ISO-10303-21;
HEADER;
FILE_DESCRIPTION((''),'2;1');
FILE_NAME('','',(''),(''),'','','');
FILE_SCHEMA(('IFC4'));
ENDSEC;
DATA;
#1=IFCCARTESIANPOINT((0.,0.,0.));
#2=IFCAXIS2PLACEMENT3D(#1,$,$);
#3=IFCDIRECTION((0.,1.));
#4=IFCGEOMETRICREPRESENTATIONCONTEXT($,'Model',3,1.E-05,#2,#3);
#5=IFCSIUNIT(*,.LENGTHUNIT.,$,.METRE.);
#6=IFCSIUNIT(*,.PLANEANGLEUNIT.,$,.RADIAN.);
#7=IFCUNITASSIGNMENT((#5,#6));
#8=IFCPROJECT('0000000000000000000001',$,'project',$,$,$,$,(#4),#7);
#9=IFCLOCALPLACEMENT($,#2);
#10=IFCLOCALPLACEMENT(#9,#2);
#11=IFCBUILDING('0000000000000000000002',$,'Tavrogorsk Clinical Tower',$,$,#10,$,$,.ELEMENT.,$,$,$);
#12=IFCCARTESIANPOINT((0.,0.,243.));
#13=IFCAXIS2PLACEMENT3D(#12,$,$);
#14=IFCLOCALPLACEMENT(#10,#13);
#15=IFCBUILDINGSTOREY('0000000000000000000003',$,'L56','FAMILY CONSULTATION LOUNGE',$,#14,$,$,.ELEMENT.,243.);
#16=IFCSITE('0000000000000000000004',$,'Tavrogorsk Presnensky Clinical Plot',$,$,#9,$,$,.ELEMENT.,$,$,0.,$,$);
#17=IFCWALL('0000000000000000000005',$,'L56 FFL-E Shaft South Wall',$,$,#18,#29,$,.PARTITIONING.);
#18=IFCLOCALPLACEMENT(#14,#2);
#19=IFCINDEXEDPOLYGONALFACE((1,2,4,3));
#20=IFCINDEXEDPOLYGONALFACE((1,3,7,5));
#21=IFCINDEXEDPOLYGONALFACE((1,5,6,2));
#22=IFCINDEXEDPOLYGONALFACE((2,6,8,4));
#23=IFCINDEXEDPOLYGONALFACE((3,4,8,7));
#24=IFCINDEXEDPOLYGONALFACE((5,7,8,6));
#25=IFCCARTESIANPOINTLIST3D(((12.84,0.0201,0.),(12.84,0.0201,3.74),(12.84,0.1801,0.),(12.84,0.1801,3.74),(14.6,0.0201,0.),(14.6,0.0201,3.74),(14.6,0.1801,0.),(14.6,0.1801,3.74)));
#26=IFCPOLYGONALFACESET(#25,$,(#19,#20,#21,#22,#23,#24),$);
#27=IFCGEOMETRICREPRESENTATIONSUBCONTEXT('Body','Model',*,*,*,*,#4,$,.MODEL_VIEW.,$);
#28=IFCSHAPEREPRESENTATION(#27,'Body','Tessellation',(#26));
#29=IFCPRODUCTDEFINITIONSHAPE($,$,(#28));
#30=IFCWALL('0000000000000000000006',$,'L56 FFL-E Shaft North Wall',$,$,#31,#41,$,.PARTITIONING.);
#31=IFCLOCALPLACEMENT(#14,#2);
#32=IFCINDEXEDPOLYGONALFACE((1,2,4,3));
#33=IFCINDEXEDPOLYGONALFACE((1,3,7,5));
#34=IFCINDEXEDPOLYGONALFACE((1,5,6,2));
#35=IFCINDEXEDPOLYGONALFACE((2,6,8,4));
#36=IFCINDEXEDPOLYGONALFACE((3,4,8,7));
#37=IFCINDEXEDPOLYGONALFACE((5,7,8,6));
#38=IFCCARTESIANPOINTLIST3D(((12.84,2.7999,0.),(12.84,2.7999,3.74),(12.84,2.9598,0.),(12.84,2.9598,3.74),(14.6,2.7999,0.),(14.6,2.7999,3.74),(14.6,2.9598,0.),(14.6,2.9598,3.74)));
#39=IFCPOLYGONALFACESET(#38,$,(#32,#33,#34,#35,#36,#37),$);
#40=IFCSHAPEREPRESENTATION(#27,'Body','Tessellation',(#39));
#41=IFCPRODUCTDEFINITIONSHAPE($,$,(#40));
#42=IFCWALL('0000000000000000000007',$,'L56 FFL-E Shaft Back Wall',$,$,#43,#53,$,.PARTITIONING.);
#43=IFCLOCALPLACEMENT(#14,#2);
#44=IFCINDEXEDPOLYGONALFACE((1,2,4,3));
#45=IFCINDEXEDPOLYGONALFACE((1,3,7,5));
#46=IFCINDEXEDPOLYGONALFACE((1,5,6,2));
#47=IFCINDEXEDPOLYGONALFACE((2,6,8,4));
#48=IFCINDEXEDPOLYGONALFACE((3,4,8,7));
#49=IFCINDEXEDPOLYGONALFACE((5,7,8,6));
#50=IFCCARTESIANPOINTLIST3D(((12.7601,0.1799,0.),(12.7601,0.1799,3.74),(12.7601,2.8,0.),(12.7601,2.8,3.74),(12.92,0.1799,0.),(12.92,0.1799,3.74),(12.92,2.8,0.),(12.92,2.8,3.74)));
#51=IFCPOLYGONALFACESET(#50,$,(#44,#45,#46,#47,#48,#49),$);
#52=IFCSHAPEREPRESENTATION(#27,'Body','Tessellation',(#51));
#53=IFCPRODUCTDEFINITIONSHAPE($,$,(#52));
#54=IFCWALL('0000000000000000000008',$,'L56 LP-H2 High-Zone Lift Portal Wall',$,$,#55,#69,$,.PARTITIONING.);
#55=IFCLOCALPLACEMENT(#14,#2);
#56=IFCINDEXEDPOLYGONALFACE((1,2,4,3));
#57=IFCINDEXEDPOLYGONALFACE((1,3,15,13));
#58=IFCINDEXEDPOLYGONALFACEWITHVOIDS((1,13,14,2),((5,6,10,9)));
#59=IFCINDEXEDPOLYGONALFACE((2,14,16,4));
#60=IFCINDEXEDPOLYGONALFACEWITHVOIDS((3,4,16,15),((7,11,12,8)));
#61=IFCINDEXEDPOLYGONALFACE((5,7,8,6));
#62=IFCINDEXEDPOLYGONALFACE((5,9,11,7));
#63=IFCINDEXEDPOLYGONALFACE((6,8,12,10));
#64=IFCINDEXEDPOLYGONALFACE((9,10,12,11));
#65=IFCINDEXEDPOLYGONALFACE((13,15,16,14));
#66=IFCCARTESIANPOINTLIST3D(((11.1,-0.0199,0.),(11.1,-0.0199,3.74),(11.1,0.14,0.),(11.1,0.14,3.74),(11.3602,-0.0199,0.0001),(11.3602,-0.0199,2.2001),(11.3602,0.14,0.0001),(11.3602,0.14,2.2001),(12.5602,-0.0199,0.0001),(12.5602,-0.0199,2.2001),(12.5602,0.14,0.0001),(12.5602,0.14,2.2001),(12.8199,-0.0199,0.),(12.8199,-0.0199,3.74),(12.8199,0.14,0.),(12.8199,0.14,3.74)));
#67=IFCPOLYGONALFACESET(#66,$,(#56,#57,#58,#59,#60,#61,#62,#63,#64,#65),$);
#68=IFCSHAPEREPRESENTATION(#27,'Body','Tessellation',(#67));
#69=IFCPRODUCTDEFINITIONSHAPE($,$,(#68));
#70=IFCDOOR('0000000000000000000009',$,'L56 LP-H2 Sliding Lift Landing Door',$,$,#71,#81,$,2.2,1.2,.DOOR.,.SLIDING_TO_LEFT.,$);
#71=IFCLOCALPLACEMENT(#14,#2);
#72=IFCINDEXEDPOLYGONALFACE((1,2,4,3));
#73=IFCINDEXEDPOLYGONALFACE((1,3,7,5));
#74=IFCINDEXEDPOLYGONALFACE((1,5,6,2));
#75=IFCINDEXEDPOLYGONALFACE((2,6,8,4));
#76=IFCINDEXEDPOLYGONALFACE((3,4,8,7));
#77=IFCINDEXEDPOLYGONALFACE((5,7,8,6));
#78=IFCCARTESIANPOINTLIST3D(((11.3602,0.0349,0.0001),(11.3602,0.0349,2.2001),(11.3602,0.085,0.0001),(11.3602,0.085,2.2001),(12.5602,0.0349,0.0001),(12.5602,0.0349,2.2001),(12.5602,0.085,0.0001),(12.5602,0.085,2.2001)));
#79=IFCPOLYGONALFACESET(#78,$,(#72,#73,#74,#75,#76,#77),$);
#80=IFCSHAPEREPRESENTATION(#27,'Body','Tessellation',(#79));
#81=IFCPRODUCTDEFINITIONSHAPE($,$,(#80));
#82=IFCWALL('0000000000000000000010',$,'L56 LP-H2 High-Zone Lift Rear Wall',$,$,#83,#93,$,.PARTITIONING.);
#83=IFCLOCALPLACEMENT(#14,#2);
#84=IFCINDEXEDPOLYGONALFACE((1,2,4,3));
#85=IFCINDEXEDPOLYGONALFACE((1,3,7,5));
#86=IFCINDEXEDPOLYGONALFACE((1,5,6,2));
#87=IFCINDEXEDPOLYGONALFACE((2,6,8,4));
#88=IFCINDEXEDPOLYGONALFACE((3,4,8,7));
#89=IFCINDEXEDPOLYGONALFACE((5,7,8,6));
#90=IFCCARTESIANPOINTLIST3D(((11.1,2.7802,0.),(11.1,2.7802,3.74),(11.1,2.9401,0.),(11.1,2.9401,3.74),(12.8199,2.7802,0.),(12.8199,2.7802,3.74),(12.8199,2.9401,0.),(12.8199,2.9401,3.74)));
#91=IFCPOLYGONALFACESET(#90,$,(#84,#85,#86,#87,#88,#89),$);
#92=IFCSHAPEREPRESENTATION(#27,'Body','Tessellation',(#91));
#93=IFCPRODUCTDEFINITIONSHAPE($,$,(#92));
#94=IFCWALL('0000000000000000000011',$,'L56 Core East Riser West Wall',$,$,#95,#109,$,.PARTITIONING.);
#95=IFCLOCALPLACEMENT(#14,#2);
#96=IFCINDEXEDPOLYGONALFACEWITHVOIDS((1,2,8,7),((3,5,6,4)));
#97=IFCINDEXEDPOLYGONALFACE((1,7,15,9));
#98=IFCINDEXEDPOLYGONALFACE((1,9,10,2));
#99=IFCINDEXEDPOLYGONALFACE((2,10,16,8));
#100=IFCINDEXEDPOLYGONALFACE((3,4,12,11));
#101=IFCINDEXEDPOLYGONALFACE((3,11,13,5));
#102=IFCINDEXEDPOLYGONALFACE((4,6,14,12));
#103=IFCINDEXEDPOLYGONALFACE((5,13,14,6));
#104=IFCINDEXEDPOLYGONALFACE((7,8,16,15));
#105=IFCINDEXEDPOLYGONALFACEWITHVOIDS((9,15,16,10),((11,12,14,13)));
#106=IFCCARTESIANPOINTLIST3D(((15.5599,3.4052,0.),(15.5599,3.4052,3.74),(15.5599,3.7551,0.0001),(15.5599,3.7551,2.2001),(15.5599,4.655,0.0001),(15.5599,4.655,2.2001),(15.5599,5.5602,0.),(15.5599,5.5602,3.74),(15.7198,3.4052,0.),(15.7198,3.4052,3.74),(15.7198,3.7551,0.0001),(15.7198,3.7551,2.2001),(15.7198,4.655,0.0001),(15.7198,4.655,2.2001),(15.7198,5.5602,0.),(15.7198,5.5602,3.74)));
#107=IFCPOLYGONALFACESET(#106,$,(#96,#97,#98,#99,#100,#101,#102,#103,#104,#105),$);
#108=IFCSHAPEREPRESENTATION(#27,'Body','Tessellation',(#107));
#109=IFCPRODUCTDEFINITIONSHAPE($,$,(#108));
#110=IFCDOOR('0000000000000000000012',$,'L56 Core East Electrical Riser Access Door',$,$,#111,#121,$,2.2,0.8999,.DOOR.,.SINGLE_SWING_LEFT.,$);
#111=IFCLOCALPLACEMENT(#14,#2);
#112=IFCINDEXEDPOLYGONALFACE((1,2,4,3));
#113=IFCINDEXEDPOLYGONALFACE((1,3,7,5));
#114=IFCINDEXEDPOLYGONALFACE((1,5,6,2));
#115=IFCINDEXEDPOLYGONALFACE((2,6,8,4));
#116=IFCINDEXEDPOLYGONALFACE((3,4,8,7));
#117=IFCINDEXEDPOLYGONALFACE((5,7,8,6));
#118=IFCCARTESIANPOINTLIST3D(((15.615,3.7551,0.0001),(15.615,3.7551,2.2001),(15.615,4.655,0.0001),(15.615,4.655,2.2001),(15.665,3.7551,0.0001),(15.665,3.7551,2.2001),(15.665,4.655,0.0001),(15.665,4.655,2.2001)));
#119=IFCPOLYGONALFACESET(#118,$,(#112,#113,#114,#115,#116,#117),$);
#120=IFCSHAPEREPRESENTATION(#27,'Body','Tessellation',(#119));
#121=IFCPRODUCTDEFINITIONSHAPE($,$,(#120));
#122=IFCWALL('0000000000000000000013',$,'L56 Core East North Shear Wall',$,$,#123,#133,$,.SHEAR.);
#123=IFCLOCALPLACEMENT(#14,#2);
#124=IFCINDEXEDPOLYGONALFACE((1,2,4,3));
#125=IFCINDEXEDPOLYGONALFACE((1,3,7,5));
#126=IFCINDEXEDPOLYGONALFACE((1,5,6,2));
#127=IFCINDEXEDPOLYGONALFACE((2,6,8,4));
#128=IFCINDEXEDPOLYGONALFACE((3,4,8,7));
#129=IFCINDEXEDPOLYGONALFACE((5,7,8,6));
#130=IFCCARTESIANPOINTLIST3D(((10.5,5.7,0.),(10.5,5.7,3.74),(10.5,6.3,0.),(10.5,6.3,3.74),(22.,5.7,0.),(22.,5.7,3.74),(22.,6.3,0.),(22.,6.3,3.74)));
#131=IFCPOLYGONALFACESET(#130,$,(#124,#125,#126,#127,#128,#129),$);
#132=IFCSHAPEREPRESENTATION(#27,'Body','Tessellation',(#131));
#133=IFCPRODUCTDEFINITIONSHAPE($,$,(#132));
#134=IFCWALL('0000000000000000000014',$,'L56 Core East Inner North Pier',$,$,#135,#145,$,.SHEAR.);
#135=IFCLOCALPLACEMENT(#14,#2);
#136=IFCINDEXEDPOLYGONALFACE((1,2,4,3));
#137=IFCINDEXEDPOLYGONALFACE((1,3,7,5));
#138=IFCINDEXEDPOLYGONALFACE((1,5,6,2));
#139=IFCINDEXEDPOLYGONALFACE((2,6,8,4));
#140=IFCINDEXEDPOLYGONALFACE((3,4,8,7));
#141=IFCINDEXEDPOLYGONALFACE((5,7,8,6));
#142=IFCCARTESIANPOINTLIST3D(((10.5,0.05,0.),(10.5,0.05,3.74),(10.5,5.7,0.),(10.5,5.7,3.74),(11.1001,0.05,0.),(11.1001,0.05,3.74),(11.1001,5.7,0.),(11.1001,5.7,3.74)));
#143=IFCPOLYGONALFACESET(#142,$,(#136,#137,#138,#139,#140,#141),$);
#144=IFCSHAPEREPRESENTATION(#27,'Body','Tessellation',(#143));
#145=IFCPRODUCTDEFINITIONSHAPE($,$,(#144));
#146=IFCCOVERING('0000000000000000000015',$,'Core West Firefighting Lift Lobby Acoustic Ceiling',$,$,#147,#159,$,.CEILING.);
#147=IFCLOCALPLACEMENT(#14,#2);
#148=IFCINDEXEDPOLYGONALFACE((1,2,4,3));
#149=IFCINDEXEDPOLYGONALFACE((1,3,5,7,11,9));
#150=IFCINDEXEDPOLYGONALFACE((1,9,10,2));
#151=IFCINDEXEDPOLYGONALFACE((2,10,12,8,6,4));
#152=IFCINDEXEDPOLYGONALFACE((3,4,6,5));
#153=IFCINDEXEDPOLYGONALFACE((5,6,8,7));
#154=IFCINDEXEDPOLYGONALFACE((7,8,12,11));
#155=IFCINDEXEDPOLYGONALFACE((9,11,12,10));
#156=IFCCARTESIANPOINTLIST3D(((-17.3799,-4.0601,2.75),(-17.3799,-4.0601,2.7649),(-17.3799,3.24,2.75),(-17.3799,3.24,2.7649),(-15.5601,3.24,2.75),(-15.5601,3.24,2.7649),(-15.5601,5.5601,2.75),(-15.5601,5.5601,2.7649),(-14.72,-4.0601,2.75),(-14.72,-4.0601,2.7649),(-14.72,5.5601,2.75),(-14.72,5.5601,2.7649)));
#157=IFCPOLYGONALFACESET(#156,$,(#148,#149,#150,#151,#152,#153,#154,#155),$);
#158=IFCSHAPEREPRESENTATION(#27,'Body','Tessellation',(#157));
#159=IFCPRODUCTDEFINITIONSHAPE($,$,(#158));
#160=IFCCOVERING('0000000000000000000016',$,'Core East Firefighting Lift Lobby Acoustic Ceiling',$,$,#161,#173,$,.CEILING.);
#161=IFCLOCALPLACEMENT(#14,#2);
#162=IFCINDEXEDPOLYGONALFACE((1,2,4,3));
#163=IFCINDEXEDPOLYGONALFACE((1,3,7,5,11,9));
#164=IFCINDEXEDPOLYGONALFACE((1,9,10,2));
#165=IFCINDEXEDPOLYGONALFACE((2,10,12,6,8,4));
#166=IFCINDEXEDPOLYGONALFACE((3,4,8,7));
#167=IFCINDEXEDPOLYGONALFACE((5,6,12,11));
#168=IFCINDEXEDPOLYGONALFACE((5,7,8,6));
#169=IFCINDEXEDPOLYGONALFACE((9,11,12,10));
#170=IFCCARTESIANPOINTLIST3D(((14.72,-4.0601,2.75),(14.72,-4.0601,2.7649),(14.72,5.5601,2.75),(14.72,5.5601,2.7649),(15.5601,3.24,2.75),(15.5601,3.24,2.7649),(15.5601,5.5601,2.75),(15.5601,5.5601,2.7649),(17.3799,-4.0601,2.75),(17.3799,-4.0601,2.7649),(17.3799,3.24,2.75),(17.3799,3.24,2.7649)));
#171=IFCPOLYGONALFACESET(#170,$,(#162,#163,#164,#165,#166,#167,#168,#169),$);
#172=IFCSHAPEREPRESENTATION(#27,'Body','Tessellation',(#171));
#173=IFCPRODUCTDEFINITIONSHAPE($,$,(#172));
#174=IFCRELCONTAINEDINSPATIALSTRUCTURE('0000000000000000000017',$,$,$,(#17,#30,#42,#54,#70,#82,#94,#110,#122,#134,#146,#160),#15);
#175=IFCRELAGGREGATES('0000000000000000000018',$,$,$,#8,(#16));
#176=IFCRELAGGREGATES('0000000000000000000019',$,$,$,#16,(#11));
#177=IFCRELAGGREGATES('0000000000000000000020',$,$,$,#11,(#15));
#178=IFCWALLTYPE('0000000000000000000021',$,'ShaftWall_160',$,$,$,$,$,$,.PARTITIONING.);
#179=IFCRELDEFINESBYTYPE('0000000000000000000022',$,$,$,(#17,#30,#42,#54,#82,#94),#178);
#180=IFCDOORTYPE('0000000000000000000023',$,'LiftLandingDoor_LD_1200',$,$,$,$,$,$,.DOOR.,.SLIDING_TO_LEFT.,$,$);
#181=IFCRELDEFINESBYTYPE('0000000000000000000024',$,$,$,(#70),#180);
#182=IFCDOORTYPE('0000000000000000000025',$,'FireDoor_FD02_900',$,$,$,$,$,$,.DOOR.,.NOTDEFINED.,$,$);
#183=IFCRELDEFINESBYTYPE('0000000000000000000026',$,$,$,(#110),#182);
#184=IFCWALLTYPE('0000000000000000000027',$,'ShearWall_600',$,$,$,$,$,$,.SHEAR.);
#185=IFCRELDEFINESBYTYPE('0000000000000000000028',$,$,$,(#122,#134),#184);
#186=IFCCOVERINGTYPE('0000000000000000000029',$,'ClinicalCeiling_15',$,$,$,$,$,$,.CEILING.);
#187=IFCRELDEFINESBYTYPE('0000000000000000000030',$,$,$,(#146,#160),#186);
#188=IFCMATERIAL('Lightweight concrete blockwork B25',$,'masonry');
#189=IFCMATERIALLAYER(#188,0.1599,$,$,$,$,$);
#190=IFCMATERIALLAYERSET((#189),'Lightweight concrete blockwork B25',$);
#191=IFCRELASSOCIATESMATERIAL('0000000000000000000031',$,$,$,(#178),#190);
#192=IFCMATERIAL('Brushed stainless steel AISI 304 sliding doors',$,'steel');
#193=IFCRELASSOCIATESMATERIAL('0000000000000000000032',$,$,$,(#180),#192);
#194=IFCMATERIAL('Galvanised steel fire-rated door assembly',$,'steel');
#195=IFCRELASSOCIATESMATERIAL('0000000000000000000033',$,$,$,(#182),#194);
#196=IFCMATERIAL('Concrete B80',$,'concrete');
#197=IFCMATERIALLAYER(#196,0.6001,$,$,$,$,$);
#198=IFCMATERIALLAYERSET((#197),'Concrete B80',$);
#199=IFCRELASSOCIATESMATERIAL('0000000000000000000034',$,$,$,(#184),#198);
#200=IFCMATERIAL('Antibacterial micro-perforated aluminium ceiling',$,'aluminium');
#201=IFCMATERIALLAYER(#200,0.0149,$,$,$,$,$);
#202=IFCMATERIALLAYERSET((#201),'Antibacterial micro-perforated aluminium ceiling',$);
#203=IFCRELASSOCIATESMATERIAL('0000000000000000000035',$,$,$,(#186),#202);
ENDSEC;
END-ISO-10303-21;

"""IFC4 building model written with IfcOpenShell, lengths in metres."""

from ifc_helpers import new_model, si_unit, direction, frame, frame_2d, origin, place, context, subcontext, project, spatial, polyline, rectangle, outline, extrude, material, layer, layer_set, type_object, element, fill, save


model = new_model("IFC4")

# Units and contexts
model_context = context("Model", 3, precision=1e-05, world=origin(), true_north=direction((0.0, 1.0)))
body_context = subcontext(model_context, "Body", "Model", "MODEL_VIEW")
ifc_project = project(units=[si_unit("LENGTHUNIT", "METRE"), si_unit("PLANEANGLEUNIT", "RADIAN")], contexts=[model_context])

# Site, building, storey
site_placement = place(None, origin())
site = spatial("IfcSite", under=ifc_project, at=site_placement, Name="Tavrogorsk Presnensky Clinical Plot", CompositionType="ELEMENT", RefElevation=0.0)
building_placement = place(site_placement, origin())
building = spatial("IfcBuilding", under=site, at=building_placement, Name="Tavrogorsk Clinical Tower", CompositionType="ELEMENT")
storey_placement = place(building_placement, frame((0.0, 0.0, 243.0)))
storey = spatial("IfcBuildingStorey", under=building, at=storey_placement, Name="L56", Description="FAMILY CONSULTATION LOUNGE", CompositionType="ELEMENT", Elevation=243.0)

# Shared definitions
ifc_material_1 = material(Name="Lightweight concrete blockwork B25", Category="masonry")
ifc_layer_1 = layer(ifc_material_1, 0.1599)
ifc_layer_set_1 = layer_set([ifc_layer_1], Name="Lightweight concrete blockwork B25")
wall_type_1 = type_object("IfcWallType", Name="ShaftWall_160", PredefinedType="PARTITIONING", material=ifc_layer_set_1)
ifc_material_2 = material(Name="Brushed stainless steel AISI 304 sliding doors", Category="steel")
door_type_1 = type_object("IfcDoorType", Name="LiftLandingDoor_LD_1200", OperationType="SLIDING_TO_LEFT", PredefinedType="DOOR", material=ifc_material_2)

# Walls
for number, where, z_axis, x_axis, name in (
    (1, (12.8401, 0.1001, 0.0), (0.0, 0.0, 1.0), (1.0, 0.0, 0.0), "L56 FFL-E Shaft South Wall"),
    (2, (12.8401, 2.8799, 0.0), (0.0, 0.0, 1.0), (1.0, 0.0, 0.0), "L56 FFL-E Shaft North Wall"),
):
    element("IfcWall", number, at=place(storey_placement, frame(where, z_axis=z_axis, x_axis=x_axis)), inside=storey, type_object=wall_type_1, Name=name, PredefinedType="PARTITIONING", context=body_context, shape_type="SweptSolid", body=[
        extrude(rectangle(XDim=1.76, YDim=0.1599, at=frame_2d((0.8799, 0.0))), origin(), (0.0, 0.0, 1.0), 3.74),
    ])
wall_1_placement = place(storey_placement, frame((12.8401, 0.1799, 0.0), z_axis=(0.0, 0.0, 1.0), x_axis=(0.0, 1.0, 0.0)))
element("IfcWall", 3, at=wall_1_placement, inside=storey, type_object=wall_type_1, Name="L56 FFL-E Shaft Back Wall", PredefinedType="PARTITIONING", context=body_context, shape_type="SweptSolid", body=[
    extrude(rectangle(XDim=2.6201, YDim=0.1599, at=frame_2d((1.3101, 0.0))), origin(), (0.0, 0.0, 1.0), 3.74),
])

# Wall, opening, door
wall_2_placement = place(storey_placement, frame((11.1001, 0.0601, 0.0), z_axis=(0.0, 0.0, 1.0), x_axis=(1.0, 0.0, 0.0)))
wall_2 = element("IfcWall", 4, at=wall_2_placement, inside=storey, type_object=wall_type_1, Name="L56 LP-H2 High-Zone Lift Portal Wall", PredefinedType="PARTITIONING", context=body_context, shape_type="SweptSolid", body=[
    extrude(rectangle(XDim=1.72, YDim=0.1599, at=frame_2d((0.8599, 0.0))), origin(), (0.0, 0.0, 1.0), 3.74),
])
opening_1_placement = place(wall_2_placement, frame((0.26, 0.0, 0.0)))
opening_1 = element("IfcOpeningElement", 5, at=opening_1_placement, cuts=wall_2, PredefinedType="OPENING", context=body_context, shape_type="SweptSolid", body=[
    extrude(rectangle(XDim=1.2, YDim=2.2, at=frame_2d((0.6001, 1.1001))), frame((0.0, 0.0898, 0.0), z_axis=(0.0, -1.0, 0.0), x_axis=(1.0, 0.0, 0.0)), (0.0, 0.0, 1.0), 0.1799),
])
door_1_placement = place(opening_1_placement, origin())
door_1 = element("IfcDoor", 6, at=door_1_placement, inside=storey, type_object=door_type_1, Name="L56 LP-H2 Sliding Lift Landing Door", OperationType="SLIDING_TO_LEFT", OverallHeight=2.2, OverallWidth=1.2, PredefinedType="DOOR", context=body_context, shape_type="SweptSolid", body=[
    extrude(rectangle(XDim=1.2, YDim=2.2, at=frame_2d((0.6001, 1.1001))), frame((0.0, 0.0249, 0.0), z_axis=(0.0, -1.0, 0.0), x_axis=(1.0, 0.0, 0.0)), (0.0, 0.0, 1.0), 0.05),
])
fill(opening_1, door_1)

# Wall
wall_3_placement = place(storey_placement, frame((11.1001, 2.8601, 0.0), z_axis=(0.0, 0.0, 1.0), x_axis=(1.0, 0.0, 0.0)))
element("IfcWall", 7, at=wall_3_placement, inside=storey, type_object=wall_type_1, Name="L56 LP-H2 High-Zone Lift Rear Wall", PredefinedType="PARTITIONING", context=body_context, shape_type="SweptSolid", body=[
    extrude(rectangle(XDim=1.72, YDim=0.1599, at=frame_2d((0.8599, 0.0))), origin(), (0.0, 0.0, 1.0), 3.74),
])

# Wall, opening, door
wall_4_placement = place(storey_placement, frame((15.6399, 3.405, 0.0), z_axis=(0.0, 0.0, 1.0), x_axis=(0.0, 1.0, 0.0)))
wall_4 = element("IfcWall", 8, at=wall_4_placement, inside=storey, type_object=wall_type_1, Name="L56 Core East Riser West Wall", PredefinedType="PARTITIONING", context=body_context, shape_type="SweptSolid", body=[
    extrude(rectangle(XDim=2.155, YDim=0.1599, at=frame_2d((1.0776, 0.0))), origin(), (0.0, 0.0, 1.0), 3.74),
])
opening_2_placement = place(wall_4_placement, frame((0.3501, 0.0, 0.0)))
opening_2 = element("IfcOpeningElement", 9, at=opening_2_placement, cuts=wall_4, PredefinedType="OPENING", context=body_context, shape_type="SweptSolid", body=[
    extrude(rectangle(XDim=0.8999, YDim=2.2, at=frame_2d((0.45, 1.1001))), frame((0.0, 0.0898, 0.0), z_axis=(0.0, -1.0, 0.0), x_axis=(1.0, 0.0, 0.0)), (0.0, 0.0, 1.0), 0.1799),
])
ifc_material_3 = material(Name="Galvanised steel fire-rated door assembly", Category="steel")
door_type_2 = type_object("IfcDoorType", Name="FireDoor_FD02_900", OperationType="NOTDEFINED", PredefinedType="DOOR", material=ifc_material_3)
door_2_placement = place(opening_2_placement, origin())
door_2 = element("IfcDoor", 10, at=door_2_placement, inside=storey, type_object=door_type_2, Name="L56 Core East Electrical Riser Access Door", OperationType="SINGLE_SWING_LEFT", OverallHeight=2.2, OverallWidth=0.8999, PredefinedType="DOOR", context=body_context, shape_type="SweptSolid", body=[
    extrude(rectangle(XDim=0.8999, YDim=2.2, at=frame_2d((0.45, 1.1001))), frame((0.0, 0.0249, 0.0), z_axis=(0.0, -1.0, 0.0), x_axis=(1.0, 0.0, 0.0)), (0.0, 0.0, 1.0), 0.05),
])
fill(opening_2, door_2)

# Walls
ifc_material_4 = material(Name="Concrete B80", Category="concrete")
ifc_layer_2 = layer(ifc_material_4, 0.6001)
ifc_layer_set_2 = layer_set([ifc_layer_2], Name="Concrete B80")
wall_type_2 = type_object("IfcWallType", Name="ShearWall_600", PredefinedType="SHEAR", material=ifc_layer_set_2)
wall_5_placement = place(storey_placement, frame((10.5, 6.0, 0.0), z_axis=(0.0, 0.0, 1.0), x_axis=(1.0, 0.0, 0.0)))
element("IfcWall", 11, at=wall_5_placement, inside=storey, type_object=wall_type_2, Name="L56 Core East North Shear Wall", PredefinedType="SHEAR", context=body_context, shape_type="SweptSolid", body=[
    extrude(rectangle(XDim=11.5, YDim=0.6001, at=frame_2d((5.75, 0.0))), origin(), (0.0, 0.0, 1.0), 3.74),
])
wall_6_placement = place(storey_placement, frame((10.8, 0.05, 0.0), z_axis=(0.0, 0.0, 1.0), x_axis=(0.0, 1.0, 0.0)))
element("IfcWall", 12, at=wall_6_placement, inside=storey, type_object=wall_type_2, Name="L56 Core East Inner North Pier", PredefinedType="SHEAR", context=body_context, shape_type="SweptSolid", body=[
    extrude(rectangle(XDim=5.6499, YDim=0.6001, at=frame_2d((2.825, 0.0))), origin(), (0.0, 0.0, 1.0), 3.74),
])

# Coverings
ifc_material_5 = material(Name="Antibacterial micro-perforated aluminium ceiling", Category="aluminium")
ifc_layer_3 = layer(ifc_material_5, 0.0149)
ifc_layer_set_3 = layer_set([ifc_layer_3], Name="Antibacterial micro-perforated aluminium ceiling")
covering_type_1 = type_object("IfcCoveringType", Name="ClinicalCeiling_15", PredefinedType="CEILING", material=ifc_layer_set_3)
covering_1_placement = place(storey_placement, frame((0.0, 0.0, 2.75)))
element("IfcCovering", 13, at=covering_1_placement, inside=storey, type_object=covering_type_1, Name="Core West Firefighting Lift Lobby Acoustic Ceiling", PredefinedType="CEILING", context=body_context, shape_type="SweptSolid", body=[
    extrude(outline(polyline([(-14.72, 5.5601), (-14.72, -4.0601), (-17.3799, -4.0601), (-17.3799, 3.24), (-15.5601, 3.24), (-15.5601, 5.5601), (-14.72, 5.5601)])), origin(), (0.0, 0.0, 1.0), 0.0149),
])
covering_2_placement = place(storey_placement, frame((0.0, 0.0, 2.75)))
element("IfcCovering", 14, at=covering_2_placement, inside=storey, type_object=covering_type_1, Name="Core East Firefighting Lift Lobby Acoustic Ceiling", PredefinedType="CEILING", context=body_context, shape_type="SweptSolid", body=[
    extrude(outline(polyline([(17.3799, -4.0601), (14.72, -4.0601), (14.72, 5.5601), (15.5601, 5.5601), (15.5601, 3.24), (17.3799, 3.24), (17.3799, -4.0601)])), origin(), (0.0, 0.0, 1.0), 0.0149),
])

save(model, "model.ifc")
